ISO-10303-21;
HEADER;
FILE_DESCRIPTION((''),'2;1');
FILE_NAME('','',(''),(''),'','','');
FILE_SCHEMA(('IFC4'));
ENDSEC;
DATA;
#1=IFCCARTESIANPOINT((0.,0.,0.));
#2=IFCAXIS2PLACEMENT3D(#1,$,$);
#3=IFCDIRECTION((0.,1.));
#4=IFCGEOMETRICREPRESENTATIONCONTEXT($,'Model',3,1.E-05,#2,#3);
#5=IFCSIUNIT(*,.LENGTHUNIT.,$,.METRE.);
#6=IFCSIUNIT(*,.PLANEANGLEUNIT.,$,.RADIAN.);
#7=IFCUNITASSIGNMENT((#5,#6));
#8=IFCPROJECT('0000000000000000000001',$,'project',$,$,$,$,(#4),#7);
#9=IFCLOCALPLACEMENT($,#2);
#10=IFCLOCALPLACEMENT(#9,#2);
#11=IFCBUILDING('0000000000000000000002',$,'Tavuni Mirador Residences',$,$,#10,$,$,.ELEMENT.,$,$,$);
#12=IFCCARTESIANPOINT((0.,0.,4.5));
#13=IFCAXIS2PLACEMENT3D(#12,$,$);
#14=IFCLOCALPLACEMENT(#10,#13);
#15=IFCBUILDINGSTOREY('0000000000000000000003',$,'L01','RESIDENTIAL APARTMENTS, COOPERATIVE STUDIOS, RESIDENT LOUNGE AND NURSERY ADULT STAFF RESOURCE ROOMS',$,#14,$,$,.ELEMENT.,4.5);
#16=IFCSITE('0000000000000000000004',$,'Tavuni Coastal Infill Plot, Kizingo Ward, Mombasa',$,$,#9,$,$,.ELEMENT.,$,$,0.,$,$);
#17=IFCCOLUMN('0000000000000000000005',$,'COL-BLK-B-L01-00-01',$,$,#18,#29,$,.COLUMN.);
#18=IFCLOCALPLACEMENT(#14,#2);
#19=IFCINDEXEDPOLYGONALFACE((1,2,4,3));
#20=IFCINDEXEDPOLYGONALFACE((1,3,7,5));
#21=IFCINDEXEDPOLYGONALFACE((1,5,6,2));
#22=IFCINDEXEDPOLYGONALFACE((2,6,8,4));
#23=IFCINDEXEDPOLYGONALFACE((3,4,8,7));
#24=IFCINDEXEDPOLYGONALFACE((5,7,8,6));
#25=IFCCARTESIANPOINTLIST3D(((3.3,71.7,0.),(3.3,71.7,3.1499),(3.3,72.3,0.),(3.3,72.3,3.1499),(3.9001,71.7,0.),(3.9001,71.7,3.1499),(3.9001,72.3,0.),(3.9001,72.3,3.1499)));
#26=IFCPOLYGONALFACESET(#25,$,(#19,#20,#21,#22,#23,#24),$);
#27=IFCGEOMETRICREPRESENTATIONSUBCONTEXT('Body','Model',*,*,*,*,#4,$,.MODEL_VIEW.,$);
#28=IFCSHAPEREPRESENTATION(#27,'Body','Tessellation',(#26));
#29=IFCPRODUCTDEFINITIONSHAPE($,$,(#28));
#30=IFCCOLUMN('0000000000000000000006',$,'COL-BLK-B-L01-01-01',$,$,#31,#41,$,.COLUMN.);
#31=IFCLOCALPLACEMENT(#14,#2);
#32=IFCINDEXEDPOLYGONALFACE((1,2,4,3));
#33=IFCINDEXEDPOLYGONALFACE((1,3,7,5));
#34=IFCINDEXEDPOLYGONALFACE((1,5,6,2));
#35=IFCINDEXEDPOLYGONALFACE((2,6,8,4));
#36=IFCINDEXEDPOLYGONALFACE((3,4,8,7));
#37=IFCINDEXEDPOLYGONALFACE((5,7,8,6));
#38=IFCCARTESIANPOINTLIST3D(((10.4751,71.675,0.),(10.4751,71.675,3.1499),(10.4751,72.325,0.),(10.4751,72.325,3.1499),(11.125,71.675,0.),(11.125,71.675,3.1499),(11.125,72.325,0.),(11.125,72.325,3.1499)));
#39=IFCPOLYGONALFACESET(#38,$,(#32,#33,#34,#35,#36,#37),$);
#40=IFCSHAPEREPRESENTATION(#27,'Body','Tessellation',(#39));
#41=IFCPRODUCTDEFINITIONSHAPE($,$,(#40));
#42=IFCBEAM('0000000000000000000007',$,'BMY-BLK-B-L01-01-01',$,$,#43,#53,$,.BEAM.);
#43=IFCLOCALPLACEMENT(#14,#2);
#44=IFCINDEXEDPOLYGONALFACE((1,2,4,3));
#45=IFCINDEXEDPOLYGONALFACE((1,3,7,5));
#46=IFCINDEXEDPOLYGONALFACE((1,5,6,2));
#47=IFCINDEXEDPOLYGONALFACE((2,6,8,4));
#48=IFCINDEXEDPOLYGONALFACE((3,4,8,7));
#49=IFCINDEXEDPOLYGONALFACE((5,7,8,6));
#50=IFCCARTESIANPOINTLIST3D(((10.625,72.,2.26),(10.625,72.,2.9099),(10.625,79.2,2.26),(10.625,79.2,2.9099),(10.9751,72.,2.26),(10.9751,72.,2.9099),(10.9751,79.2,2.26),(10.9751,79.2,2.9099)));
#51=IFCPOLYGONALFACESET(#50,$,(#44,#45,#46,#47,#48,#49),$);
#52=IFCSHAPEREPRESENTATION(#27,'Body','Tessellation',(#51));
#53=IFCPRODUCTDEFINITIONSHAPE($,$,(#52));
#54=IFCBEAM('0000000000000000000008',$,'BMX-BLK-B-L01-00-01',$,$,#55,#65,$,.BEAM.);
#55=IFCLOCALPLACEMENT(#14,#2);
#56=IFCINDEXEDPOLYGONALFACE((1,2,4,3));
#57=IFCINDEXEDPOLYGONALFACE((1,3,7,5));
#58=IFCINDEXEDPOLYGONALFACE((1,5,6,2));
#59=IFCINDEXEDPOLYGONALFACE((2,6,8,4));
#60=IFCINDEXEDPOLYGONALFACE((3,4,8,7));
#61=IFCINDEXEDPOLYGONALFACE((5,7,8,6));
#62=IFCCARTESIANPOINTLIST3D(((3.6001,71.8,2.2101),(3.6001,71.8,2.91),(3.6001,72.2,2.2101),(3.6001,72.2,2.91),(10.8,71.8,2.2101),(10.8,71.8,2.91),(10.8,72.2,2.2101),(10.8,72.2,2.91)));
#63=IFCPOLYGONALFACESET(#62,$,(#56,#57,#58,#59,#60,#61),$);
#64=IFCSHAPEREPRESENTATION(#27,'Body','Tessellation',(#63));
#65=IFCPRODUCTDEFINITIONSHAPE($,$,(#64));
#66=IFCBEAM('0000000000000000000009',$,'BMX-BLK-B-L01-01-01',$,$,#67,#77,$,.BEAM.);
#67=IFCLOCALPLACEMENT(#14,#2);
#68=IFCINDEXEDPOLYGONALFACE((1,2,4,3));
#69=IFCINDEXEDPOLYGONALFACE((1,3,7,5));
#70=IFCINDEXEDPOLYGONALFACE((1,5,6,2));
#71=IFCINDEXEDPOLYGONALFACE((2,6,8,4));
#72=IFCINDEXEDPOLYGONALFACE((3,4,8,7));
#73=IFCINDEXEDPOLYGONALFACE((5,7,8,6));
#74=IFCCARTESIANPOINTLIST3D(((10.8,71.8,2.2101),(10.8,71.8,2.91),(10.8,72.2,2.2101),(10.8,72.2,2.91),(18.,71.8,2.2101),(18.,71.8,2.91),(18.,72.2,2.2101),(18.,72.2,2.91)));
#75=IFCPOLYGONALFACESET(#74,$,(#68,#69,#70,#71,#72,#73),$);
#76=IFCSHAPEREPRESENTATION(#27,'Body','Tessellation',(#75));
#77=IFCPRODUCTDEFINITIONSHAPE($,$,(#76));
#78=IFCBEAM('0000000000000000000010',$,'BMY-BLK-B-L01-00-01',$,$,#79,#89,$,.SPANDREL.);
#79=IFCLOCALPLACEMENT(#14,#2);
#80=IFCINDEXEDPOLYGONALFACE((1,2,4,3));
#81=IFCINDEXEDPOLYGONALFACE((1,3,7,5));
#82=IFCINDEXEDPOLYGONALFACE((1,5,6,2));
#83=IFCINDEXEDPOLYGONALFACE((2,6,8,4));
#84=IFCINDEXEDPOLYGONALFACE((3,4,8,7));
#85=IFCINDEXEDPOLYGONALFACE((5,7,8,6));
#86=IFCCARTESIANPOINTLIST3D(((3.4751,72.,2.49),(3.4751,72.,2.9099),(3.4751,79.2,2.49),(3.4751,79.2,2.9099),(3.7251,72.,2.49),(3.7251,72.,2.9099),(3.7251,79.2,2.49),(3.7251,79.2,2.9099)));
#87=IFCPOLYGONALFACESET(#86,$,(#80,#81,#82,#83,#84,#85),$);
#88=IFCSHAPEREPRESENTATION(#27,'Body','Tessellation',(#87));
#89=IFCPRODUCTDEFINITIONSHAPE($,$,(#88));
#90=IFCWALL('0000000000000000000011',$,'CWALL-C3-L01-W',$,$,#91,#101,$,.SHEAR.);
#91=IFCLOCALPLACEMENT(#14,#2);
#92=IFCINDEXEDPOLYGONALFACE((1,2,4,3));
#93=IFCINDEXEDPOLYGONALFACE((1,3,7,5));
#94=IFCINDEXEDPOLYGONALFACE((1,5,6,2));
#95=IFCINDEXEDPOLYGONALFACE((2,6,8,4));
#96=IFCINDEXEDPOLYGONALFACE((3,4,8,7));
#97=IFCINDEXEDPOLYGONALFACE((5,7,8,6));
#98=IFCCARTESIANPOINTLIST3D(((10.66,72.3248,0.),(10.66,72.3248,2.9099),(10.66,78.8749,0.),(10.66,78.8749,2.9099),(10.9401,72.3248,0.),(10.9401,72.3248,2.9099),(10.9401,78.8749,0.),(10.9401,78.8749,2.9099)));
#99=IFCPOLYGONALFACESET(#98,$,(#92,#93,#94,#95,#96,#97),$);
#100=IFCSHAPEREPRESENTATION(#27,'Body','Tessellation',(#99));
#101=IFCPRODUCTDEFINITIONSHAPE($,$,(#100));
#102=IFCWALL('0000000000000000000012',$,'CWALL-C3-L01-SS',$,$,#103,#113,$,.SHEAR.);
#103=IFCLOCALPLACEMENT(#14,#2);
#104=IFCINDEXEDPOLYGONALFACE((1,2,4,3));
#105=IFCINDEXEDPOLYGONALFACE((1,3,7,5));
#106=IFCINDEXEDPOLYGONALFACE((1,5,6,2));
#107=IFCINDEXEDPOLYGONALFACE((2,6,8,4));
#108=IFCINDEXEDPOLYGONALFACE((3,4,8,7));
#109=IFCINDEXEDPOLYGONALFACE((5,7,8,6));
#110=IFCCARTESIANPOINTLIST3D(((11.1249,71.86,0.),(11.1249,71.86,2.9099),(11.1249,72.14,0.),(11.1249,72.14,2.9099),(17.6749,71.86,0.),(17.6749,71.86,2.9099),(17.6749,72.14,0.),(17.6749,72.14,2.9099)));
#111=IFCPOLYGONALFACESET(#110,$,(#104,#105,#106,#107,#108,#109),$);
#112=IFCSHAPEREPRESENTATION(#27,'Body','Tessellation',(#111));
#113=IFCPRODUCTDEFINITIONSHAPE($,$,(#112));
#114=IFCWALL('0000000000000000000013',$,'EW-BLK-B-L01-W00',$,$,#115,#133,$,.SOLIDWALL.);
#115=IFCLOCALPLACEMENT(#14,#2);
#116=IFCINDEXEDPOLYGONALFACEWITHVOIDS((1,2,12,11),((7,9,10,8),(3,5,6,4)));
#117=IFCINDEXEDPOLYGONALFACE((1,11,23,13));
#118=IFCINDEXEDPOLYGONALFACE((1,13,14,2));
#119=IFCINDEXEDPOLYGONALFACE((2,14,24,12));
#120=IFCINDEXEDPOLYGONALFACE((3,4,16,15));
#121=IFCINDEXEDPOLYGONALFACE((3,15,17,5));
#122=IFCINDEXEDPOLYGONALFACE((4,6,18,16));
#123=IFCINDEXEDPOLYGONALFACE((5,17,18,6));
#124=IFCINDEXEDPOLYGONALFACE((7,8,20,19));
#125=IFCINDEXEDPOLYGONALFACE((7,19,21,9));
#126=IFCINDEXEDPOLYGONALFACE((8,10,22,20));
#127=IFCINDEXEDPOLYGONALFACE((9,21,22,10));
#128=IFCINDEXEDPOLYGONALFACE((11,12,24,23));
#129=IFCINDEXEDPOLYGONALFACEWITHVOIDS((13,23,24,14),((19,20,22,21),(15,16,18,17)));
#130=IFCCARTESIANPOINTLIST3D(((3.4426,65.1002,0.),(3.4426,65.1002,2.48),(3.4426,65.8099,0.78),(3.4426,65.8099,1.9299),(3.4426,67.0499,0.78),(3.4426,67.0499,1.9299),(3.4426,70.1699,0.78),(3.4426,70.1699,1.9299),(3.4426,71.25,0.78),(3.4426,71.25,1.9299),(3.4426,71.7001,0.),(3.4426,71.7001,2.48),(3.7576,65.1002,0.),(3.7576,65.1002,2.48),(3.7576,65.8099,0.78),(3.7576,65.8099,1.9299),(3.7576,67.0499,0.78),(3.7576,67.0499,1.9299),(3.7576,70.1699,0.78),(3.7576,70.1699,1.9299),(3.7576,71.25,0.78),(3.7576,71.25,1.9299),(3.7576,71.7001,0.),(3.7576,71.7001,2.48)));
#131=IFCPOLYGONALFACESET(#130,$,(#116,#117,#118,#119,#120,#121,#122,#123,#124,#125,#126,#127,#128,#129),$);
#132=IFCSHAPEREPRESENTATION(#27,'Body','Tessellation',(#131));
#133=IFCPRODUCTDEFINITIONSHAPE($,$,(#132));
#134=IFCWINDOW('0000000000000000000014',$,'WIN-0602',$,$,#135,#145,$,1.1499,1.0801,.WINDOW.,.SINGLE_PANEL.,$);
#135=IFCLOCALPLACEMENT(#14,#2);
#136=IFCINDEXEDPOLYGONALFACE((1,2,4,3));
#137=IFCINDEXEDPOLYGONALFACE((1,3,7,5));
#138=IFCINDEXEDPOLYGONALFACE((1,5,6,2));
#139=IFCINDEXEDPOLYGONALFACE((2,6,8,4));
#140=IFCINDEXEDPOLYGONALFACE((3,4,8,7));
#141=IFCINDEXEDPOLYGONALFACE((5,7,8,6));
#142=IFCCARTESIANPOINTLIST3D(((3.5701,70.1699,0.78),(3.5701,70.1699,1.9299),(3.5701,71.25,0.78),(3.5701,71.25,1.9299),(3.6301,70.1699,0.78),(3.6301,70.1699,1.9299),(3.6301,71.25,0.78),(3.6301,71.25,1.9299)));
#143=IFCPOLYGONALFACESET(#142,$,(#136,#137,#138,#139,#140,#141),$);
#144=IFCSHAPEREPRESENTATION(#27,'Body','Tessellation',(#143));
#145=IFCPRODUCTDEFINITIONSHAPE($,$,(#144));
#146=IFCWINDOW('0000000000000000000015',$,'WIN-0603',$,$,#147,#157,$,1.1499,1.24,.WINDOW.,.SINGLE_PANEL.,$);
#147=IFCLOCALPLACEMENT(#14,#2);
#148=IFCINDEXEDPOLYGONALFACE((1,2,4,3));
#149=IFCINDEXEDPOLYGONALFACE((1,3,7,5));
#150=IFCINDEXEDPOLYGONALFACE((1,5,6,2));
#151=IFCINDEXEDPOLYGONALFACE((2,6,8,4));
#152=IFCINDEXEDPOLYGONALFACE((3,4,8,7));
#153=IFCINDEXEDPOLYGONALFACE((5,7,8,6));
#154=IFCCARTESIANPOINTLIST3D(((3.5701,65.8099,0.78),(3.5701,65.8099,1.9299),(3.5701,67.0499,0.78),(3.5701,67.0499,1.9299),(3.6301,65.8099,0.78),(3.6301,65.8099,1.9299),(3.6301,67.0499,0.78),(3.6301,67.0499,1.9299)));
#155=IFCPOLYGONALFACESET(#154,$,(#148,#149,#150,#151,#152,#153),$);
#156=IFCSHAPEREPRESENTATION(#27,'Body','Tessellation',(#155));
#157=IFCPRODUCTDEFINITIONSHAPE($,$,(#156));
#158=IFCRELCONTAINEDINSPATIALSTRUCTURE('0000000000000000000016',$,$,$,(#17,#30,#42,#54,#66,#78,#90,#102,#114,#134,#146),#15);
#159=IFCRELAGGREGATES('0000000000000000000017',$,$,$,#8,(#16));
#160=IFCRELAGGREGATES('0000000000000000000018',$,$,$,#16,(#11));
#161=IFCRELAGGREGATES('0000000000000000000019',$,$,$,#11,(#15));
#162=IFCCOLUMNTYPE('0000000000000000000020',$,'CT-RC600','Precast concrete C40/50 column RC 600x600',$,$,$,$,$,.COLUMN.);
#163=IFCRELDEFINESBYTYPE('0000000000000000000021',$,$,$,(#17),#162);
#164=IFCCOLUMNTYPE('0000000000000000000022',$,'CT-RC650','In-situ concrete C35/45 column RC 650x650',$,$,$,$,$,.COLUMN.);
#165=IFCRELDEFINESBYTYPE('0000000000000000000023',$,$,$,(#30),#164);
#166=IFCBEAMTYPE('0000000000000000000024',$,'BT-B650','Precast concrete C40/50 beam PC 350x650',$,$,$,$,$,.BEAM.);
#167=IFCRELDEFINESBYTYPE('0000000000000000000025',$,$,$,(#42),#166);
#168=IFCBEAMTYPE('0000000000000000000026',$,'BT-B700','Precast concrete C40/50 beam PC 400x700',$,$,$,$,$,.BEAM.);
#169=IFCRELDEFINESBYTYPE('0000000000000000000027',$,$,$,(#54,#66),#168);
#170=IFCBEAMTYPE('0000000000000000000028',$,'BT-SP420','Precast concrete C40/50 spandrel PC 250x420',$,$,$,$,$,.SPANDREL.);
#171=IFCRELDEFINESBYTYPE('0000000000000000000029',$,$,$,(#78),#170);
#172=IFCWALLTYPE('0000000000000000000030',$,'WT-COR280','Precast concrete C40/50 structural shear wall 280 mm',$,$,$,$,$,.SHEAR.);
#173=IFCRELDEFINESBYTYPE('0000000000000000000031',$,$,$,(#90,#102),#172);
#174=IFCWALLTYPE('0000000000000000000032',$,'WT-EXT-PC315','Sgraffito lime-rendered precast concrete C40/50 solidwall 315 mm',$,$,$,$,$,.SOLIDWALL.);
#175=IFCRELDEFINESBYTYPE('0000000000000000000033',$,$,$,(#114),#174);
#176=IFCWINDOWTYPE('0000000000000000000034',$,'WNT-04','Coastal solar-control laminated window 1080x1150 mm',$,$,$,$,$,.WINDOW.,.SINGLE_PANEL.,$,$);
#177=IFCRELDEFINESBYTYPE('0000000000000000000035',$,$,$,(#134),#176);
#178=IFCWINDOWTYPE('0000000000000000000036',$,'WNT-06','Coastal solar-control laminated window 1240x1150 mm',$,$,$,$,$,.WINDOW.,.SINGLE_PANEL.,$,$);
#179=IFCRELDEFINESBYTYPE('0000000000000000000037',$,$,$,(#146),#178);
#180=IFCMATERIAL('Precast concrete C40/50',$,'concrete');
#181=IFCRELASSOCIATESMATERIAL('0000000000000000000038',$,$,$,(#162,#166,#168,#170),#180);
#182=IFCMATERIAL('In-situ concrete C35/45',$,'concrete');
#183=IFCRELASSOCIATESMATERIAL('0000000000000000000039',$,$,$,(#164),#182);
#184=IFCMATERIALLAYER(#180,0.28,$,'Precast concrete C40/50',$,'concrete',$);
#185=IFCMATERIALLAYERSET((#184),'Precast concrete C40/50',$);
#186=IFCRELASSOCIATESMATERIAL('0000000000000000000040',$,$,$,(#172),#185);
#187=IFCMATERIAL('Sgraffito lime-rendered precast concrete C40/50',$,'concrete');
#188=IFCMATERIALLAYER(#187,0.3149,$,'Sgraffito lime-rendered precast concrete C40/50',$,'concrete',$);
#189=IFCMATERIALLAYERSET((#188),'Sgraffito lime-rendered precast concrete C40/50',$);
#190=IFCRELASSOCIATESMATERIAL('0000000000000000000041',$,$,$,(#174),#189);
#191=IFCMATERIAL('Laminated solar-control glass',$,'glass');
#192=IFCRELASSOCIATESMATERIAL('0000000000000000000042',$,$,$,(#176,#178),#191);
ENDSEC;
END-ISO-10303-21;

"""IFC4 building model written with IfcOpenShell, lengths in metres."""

from ifc_helpers import new_model, si_unit, direction, frame, frame_2d, origin, origin_2d, place, context, subcontext, project, spatial, rectangle, extrude, material, layer, layer_set, material_profile, profile_set, type_object, element, fill, save


model = new_model("IFC4")

# Units and contexts
model_context = context("Model", 3, precision=1e-05, world=origin(), true_north=direction((0.0, 1.0)))
body_context = subcontext(model_context, "Body", "Model", "MODEL_VIEW")
ifc_project = project(units=[si_unit("LENGTHUNIT", "METRE"), si_unit("PLANEANGLEUNIT", "RADIAN")], contexts=[model_context])

# Site, building, storey
site_placement = place(None, origin())
site = spatial("IfcSite", under=ifc_project, at=site_placement, Name="Tavuni Coastal Infill Plot, Kizingo Ward, Mombasa", CompositionType="ELEMENT", RefElevation=0.0)
building_placement = place(site_placement, origin())
building = spatial("IfcBuilding", under=site, at=building_placement, Name="Tavuni Mirador Residences", CompositionType="ELEMENT")
storey_placement = place(building_placement, frame((0.0, 0.0, 4.5)))
storey = spatial("IfcBuildingStorey", under=building, at=storey_placement, Name="L01", Description="RESIDENTIAL APARTMENTS, COOPERATIVE STUDIOS, RESIDENT LOUNGE AND NURSERY ADULT STAFF RESOURCE ROOMS", CompositionType="ELEMENT", Elevation=4.5)

# Columns
ifc_material_1 = material(Name="Precast concrete C40/50", Category="concrete")
ifc_material_profile_1 = material_profile(ifc_material_1, rectangle(XDim=0.6001, YDim=0.6001, at=origin_2d()), Name="RC 600x600", Category="concrete")
ifc_profile_set_1 = profile_set([ifc_material_profile_1], Name="Precast concrete C40/50")
column_type_1 = type_object("IfcColumnType", Name="CT-RC600", Description="Precast concrete C40/50 column RC 600x600", PredefinedType="COLUMN", material=ifc_profile_set_1)
column_1_placement = place(storey_placement, frame((3.6001, 72.0, 0.0), z_axis=(0.0, 0.0, 1.0), x_axis=(1.0, 0.0, 0.0)))
element("IfcColumn", 1, at=column_1_placement, inside=storey, type_object=column_type_1, Name="COL-BLK-B-L01-00-01", PredefinedType="COLUMN", context=body_context, shape_type="SweptSolid", body=[
    extrude(rectangle(XDim=0.6001, YDim=0.6001, at=origin_2d()), origin(), (0.0, 0.0, 1.0), 3.1499),
])
ifc_material_2 = material(Name="In-situ concrete C35/45", Category="concrete")
ifc_material_profile_2 = material_profile(ifc_material_2, rectangle(XDim=0.6499, YDim=0.6499, at=origin_2d()), Name="RC 650x650", Category="concrete")
ifc_profile_set_2 = profile_set([ifc_material_profile_2], Name="In-situ concrete C35/45")
column_type_2 = type_object("IfcColumnType", Name="CT-RC650", Description="In-situ concrete C35/45 column RC 650x650", PredefinedType="COLUMN", material=ifc_profile_set_2)
column_2_placement = place(storey_placement, frame((10.8, 72.0, 0.0), z_axis=(0.0, 0.0, 1.0), x_axis=(1.0, 0.0, 0.0)))
element("IfcColumn", 2, at=column_2_placement, inside=storey, type_object=column_type_2, Name="COL-BLK-B-L01-01-01", PredefinedType="COLUMN", context=body_context, shape_type="SweptSolid", body=[
    extrude(rectangle(XDim=0.6499, YDim=0.6499, at=origin_2d()), origin(), (0.0, 0.0, 1.0), 3.1499),
])

# Beams
ifc_material_profile_3 = material_profile(ifc_material_1, rectangle(XDim=0.3501, YDim=0.6499, at=origin_2d()), Name="PC 350x650", Category="concrete")
ifc_profile_set_3 = profile_set([ifc_material_profile_3], Name="Precast concrete C40/50")
beam_type_1 = type_object("IfcBeamType", Name="BT-B650", Description="Precast concrete C40/50 beam PC 350x650", PredefinedType="BEAM", material=ifc_profile_set_3)
beam_1_placement = place(storey_placement, frame((10.8, 72.0, 2.585), z_axis=(0.0, 1.0, 0.0), x_axis=(-1.0, 0.0, 0.0)))
element("IfcBeam", 3, at=beam_1_placement, inside=storey, type_object=beam_type_1, Name="BMY-BLK-B-L01-01-01", PredefinedType="BEAM", context=body_context, shape_type="SweptSolid", body=[
    extrude(rectangle(XDim=0.3501, YDim=0.6499, at=origin_2d()), origin(), (0.0, 0.0, 1.0), 7.2),
])
ifc_material_profile_4 = material_profile(ifc_material_1, rectangle(XDim=0.3999, YDim=0.7, at=origin_2d()), Name="PC 400x700", Category="concrete")
ifc_profile_set_4 = profile_set([ifc_material_profile_4], Name="Precast concrete C40/50")
beam_type_2 = type_object("IfcBeamType", Name="BT-B700", Description="Precast concrete C40/50 beam PC 400x700", PredefinedType="BEAM", material=ifc_profile_set_4)
for number, where, z_axis, x_axis, name in (
    (4, (3.6001, 72.0, 2.5601), (1.0, 0.0, 0.0), (0.0, 1.0, 0.0), "BMX-BLK-B-L01-00-01"),
    (5, (10.8, 72.0, 2.5601), (1.0, 0.0, 0.0), (0.0, 1.0, 0.0), "BMX-BLK-B-L01-01-01"),
):
    element("IfcBeam", number, at=place(storey_placement, frame(where, z_axis=z_axis, x_axis=x_axis)), inside=storey, type_object=beam_type_2, Name=name, PredefinedType="BEAM", context=body_context, shape_type="SweptSolid", body=[
        extrude(rectangle(XDim=0.3999, YDim=0.7, at=origin_2d()), origin(), (0.0, 0.0, 1.0), 7.2),
    ])
ifc_material_profile_5 = material_profile(ifc_material_1, rectangle(XDim=0.25, YDim=0.4199, at=origin_2d()), Name="PC 250x420", Category="concrete")
ifc_profile_set_5 = profile_set([ifc_material_profile_5], Name="Precast concrete C40/50")
beam_type_3 = type_object("IfcBeamType", Name="BT-SP420", Description="Precast concrete C40/50 spandrel PC 250x420", PredefinedType="SPANDREL", material=ifc_profile_set_5)
beam_2_placement = place(storey_placement, frame((3.6001, 72.0, 2.7), z_axis=(0.0, 1.0, 0.0), x_axis=(-1.0, 0.0, 0.0)))
element("IfcBeam", 6, at=beam_2_placement, inside=storey, type_object=beam_type_3, Name="BMY-BLK-B-L01-00-01", PredefinedType="SPANDREL", context=body_context, shape_type="SweptSolid", body=[
    extrude(rectangle(XDim=0.25, YDim=0.4199, at=origin_2d()), origin(), (0.0, 0.0, 1.0), 7.2),
])

# Walls
ifc_layer_1 = layer(ifc_material_1, 0.28, Name="Precast concrete C40/50", Category="concrete")
ifc_layer_set_1 = layer_set([ifc_layer_1], Name="Precast concrete C40/50")
wall_type_1 = type_object("IfcWallType", Name="WT-COR280", Description="Precast concrete C40/50 structural shear wall 280 mm", PredefinedType="SHEAR", material=ifc_layer_set_1)
for number, where, z_axis, x_axis, name in (
    (7, (10.8, 72.325, 0.0), (0.0, 0.0, 1.0), (0.0, 1.0, 0.0), "CWALL-C3-L01-W"),
    (8, (11.125, 72.0, 0.0), (0.0, 0.0, 1.0), (1.0, 0.0, 0.0), "CWALL-C3-L01-SS"),
):
    element("IfcWall", number, at=place(storey_placement, frame(where, z_axis=z_axis, x_axis=x_axis)), inside=storey, type_object=wall_type_1, Name=name, PredefinedType="SHEAR", context=body_context, shape_type="SweptSolid", body=[
        extrude(rectangle(XDim=6.55, YDim=0.28, at=frame_2d((3.2749, 0.0))), origin(), (0.0, 0.0, 1.0), 2.9099),
    ])

# Wall, openings, windows
ifc_material_3 = material(Name="Sgraffito lime-rendered precast concrete C40/50", Category="concrete")
ifc_layer_2 = layer(ifc_material_3, 0.3149, Name="Sgraffito lime-rendered precast concrete C40/50", Category="concrete")
ifc_layer_set_2 = layer_set([ifc_layer_2], Name="Sgraffito lime-rendered precast concrete C40/50")
wall_type_2 = type_object("IfcWallType", Name="WT-EXT-PC315", Description="Sgraffito lime-rendered precast concrete C40/50 solidwall 315 mm", PredefinedType="SOLIDWALL", material=ifc_layer_set_2)
wall_1_placement = place(storey_placement, frame((3.6001, 71.7, 0.0), z_axis=(0.0, 0.0, 1.0), x_axis=(0.0, -1.0, 0.0)))
wall_1 = element("IfcWall", 9, at=wall_1_placement, inside=storey, type_object=wall_type_2, Name="EW-BLK-B-L01-W00", PredefinedType="SOLIDWALL", context=body_context, shape_type="SweptSolid", body=[
    extrude(rectangle(XDim=6.5999, YDim=0.3149, at=frame_2d((3.2998, 0.0))), origin(), (0.0, 0.0, 1.0), 2.48),
])
opening_1_placement = place(wall_1_placement, frame((0.45, 0.0, 0.78)))
opening_1 = element("IfcOpeningElement", 10, at=opening_1_placement, cuts=wall_1, PredefinedType="OPENING", context=body_context, shape_type="SweptSolid", body=[
    extrude(rectangle(XDim=1.0801, YDim=1.1499, at=frame_2d((0.54, 0.575))), frame((0.0, 0.1675, 0.0), z_axis=(0.0, -1.0, 0.0), x_axis=(1.0, 0.0, 0.0)), (0.0, 0.0, 1.0), 0.335),
])
opening_2_placement = place(wall_1_placement, frame((4.6499, 0.0, 0.78)))
opening_2 = element("IfcOpeningElement", 11, at=opening_2_placement, cuts=wall_1, PredefinedType="OPENING", context=body_context, shape_type="SweptSolid", body=[
    extrude(rectangle(XDim=1.24, YDim=1.1499, at=frame_2d((0.6201, 0.575))), frame((0.0, 0.1675, 0.0), z_axis=(0.0, -1.0, 0.0), x_axis=(1.0, 0.0, 0.0)), (0.0, 0.0, 1.0), 0.335),
])
ifc_material_4 = material(Name="Laminated solar-control glass", Category="glass")
window_type_1 = type_object("IfcWindowType", Name="WNT-04", Description="Coastal solar-control laminated window 1080x1150 mm", PartitioningType="SINGLE_PANEL", PredefinedType="WINDOW", material=ifc_material_4)
window_1_placement = place(opening_1_placement, origin())
window_1 = element("IfcWindow", 12, at=window_1_placement, inside=storey, type_object=window_type_1, Name="WIN-0602", OverallHeight=1.1499, OverallWidth=1.0801, PartitioningType="SINGLE_PANEL", PredefinedType="WINDOW", context=body_context, shape_type="SweptSolid", body=[
    extrude(rectangle(XDim=1.0801, YDim=1.1499, at=frame_2d((0.54, 0.575))), frame((0.0, 0.03, 0.0), z_axis=(0.0, -1.0, 0.0), x_axis=(1.0, 0.0, 0.0)), (0.0, 0.0, 1.0), 0.0601),
])
fill(opening_1, window_1)
window_type_2 = type_object("IfcWindowType", Name="WNT-06", Description="Coastal solar-control laminated window 1240x1150 mm", PartitioningType="SINGLE_PANEL", PredefinedType="WINDOW", material=ifc_material_4)
window_2_placement = place(opening_2_placement, origin())
window_2 = element("IfcWindow", 13, at=window_2_placement, inside=storey, type_object=window_type_2, Name="WIN-0603", OverallHeight=1.1499, OverallWidth=1.24, PartitioningType="SINGLE_PANEL", PredefinedType="WINDOW", context=body_context, shape_type="SweptSolid", body=[
    extrude(rectangle(XDim=1.24, YDim=1.1499, at=frame_2d((0.6201, 0.575))), frame((0.0, 0.03, 0.0), z_axis=(0.0, -1.0, 0.0), x_axis=(1.0, 0.0, 0.0)), (0.0, 0.0, 1.0), 0.0601),
])
fill(opening_2, window_2)

save(model, "model.ifc")
